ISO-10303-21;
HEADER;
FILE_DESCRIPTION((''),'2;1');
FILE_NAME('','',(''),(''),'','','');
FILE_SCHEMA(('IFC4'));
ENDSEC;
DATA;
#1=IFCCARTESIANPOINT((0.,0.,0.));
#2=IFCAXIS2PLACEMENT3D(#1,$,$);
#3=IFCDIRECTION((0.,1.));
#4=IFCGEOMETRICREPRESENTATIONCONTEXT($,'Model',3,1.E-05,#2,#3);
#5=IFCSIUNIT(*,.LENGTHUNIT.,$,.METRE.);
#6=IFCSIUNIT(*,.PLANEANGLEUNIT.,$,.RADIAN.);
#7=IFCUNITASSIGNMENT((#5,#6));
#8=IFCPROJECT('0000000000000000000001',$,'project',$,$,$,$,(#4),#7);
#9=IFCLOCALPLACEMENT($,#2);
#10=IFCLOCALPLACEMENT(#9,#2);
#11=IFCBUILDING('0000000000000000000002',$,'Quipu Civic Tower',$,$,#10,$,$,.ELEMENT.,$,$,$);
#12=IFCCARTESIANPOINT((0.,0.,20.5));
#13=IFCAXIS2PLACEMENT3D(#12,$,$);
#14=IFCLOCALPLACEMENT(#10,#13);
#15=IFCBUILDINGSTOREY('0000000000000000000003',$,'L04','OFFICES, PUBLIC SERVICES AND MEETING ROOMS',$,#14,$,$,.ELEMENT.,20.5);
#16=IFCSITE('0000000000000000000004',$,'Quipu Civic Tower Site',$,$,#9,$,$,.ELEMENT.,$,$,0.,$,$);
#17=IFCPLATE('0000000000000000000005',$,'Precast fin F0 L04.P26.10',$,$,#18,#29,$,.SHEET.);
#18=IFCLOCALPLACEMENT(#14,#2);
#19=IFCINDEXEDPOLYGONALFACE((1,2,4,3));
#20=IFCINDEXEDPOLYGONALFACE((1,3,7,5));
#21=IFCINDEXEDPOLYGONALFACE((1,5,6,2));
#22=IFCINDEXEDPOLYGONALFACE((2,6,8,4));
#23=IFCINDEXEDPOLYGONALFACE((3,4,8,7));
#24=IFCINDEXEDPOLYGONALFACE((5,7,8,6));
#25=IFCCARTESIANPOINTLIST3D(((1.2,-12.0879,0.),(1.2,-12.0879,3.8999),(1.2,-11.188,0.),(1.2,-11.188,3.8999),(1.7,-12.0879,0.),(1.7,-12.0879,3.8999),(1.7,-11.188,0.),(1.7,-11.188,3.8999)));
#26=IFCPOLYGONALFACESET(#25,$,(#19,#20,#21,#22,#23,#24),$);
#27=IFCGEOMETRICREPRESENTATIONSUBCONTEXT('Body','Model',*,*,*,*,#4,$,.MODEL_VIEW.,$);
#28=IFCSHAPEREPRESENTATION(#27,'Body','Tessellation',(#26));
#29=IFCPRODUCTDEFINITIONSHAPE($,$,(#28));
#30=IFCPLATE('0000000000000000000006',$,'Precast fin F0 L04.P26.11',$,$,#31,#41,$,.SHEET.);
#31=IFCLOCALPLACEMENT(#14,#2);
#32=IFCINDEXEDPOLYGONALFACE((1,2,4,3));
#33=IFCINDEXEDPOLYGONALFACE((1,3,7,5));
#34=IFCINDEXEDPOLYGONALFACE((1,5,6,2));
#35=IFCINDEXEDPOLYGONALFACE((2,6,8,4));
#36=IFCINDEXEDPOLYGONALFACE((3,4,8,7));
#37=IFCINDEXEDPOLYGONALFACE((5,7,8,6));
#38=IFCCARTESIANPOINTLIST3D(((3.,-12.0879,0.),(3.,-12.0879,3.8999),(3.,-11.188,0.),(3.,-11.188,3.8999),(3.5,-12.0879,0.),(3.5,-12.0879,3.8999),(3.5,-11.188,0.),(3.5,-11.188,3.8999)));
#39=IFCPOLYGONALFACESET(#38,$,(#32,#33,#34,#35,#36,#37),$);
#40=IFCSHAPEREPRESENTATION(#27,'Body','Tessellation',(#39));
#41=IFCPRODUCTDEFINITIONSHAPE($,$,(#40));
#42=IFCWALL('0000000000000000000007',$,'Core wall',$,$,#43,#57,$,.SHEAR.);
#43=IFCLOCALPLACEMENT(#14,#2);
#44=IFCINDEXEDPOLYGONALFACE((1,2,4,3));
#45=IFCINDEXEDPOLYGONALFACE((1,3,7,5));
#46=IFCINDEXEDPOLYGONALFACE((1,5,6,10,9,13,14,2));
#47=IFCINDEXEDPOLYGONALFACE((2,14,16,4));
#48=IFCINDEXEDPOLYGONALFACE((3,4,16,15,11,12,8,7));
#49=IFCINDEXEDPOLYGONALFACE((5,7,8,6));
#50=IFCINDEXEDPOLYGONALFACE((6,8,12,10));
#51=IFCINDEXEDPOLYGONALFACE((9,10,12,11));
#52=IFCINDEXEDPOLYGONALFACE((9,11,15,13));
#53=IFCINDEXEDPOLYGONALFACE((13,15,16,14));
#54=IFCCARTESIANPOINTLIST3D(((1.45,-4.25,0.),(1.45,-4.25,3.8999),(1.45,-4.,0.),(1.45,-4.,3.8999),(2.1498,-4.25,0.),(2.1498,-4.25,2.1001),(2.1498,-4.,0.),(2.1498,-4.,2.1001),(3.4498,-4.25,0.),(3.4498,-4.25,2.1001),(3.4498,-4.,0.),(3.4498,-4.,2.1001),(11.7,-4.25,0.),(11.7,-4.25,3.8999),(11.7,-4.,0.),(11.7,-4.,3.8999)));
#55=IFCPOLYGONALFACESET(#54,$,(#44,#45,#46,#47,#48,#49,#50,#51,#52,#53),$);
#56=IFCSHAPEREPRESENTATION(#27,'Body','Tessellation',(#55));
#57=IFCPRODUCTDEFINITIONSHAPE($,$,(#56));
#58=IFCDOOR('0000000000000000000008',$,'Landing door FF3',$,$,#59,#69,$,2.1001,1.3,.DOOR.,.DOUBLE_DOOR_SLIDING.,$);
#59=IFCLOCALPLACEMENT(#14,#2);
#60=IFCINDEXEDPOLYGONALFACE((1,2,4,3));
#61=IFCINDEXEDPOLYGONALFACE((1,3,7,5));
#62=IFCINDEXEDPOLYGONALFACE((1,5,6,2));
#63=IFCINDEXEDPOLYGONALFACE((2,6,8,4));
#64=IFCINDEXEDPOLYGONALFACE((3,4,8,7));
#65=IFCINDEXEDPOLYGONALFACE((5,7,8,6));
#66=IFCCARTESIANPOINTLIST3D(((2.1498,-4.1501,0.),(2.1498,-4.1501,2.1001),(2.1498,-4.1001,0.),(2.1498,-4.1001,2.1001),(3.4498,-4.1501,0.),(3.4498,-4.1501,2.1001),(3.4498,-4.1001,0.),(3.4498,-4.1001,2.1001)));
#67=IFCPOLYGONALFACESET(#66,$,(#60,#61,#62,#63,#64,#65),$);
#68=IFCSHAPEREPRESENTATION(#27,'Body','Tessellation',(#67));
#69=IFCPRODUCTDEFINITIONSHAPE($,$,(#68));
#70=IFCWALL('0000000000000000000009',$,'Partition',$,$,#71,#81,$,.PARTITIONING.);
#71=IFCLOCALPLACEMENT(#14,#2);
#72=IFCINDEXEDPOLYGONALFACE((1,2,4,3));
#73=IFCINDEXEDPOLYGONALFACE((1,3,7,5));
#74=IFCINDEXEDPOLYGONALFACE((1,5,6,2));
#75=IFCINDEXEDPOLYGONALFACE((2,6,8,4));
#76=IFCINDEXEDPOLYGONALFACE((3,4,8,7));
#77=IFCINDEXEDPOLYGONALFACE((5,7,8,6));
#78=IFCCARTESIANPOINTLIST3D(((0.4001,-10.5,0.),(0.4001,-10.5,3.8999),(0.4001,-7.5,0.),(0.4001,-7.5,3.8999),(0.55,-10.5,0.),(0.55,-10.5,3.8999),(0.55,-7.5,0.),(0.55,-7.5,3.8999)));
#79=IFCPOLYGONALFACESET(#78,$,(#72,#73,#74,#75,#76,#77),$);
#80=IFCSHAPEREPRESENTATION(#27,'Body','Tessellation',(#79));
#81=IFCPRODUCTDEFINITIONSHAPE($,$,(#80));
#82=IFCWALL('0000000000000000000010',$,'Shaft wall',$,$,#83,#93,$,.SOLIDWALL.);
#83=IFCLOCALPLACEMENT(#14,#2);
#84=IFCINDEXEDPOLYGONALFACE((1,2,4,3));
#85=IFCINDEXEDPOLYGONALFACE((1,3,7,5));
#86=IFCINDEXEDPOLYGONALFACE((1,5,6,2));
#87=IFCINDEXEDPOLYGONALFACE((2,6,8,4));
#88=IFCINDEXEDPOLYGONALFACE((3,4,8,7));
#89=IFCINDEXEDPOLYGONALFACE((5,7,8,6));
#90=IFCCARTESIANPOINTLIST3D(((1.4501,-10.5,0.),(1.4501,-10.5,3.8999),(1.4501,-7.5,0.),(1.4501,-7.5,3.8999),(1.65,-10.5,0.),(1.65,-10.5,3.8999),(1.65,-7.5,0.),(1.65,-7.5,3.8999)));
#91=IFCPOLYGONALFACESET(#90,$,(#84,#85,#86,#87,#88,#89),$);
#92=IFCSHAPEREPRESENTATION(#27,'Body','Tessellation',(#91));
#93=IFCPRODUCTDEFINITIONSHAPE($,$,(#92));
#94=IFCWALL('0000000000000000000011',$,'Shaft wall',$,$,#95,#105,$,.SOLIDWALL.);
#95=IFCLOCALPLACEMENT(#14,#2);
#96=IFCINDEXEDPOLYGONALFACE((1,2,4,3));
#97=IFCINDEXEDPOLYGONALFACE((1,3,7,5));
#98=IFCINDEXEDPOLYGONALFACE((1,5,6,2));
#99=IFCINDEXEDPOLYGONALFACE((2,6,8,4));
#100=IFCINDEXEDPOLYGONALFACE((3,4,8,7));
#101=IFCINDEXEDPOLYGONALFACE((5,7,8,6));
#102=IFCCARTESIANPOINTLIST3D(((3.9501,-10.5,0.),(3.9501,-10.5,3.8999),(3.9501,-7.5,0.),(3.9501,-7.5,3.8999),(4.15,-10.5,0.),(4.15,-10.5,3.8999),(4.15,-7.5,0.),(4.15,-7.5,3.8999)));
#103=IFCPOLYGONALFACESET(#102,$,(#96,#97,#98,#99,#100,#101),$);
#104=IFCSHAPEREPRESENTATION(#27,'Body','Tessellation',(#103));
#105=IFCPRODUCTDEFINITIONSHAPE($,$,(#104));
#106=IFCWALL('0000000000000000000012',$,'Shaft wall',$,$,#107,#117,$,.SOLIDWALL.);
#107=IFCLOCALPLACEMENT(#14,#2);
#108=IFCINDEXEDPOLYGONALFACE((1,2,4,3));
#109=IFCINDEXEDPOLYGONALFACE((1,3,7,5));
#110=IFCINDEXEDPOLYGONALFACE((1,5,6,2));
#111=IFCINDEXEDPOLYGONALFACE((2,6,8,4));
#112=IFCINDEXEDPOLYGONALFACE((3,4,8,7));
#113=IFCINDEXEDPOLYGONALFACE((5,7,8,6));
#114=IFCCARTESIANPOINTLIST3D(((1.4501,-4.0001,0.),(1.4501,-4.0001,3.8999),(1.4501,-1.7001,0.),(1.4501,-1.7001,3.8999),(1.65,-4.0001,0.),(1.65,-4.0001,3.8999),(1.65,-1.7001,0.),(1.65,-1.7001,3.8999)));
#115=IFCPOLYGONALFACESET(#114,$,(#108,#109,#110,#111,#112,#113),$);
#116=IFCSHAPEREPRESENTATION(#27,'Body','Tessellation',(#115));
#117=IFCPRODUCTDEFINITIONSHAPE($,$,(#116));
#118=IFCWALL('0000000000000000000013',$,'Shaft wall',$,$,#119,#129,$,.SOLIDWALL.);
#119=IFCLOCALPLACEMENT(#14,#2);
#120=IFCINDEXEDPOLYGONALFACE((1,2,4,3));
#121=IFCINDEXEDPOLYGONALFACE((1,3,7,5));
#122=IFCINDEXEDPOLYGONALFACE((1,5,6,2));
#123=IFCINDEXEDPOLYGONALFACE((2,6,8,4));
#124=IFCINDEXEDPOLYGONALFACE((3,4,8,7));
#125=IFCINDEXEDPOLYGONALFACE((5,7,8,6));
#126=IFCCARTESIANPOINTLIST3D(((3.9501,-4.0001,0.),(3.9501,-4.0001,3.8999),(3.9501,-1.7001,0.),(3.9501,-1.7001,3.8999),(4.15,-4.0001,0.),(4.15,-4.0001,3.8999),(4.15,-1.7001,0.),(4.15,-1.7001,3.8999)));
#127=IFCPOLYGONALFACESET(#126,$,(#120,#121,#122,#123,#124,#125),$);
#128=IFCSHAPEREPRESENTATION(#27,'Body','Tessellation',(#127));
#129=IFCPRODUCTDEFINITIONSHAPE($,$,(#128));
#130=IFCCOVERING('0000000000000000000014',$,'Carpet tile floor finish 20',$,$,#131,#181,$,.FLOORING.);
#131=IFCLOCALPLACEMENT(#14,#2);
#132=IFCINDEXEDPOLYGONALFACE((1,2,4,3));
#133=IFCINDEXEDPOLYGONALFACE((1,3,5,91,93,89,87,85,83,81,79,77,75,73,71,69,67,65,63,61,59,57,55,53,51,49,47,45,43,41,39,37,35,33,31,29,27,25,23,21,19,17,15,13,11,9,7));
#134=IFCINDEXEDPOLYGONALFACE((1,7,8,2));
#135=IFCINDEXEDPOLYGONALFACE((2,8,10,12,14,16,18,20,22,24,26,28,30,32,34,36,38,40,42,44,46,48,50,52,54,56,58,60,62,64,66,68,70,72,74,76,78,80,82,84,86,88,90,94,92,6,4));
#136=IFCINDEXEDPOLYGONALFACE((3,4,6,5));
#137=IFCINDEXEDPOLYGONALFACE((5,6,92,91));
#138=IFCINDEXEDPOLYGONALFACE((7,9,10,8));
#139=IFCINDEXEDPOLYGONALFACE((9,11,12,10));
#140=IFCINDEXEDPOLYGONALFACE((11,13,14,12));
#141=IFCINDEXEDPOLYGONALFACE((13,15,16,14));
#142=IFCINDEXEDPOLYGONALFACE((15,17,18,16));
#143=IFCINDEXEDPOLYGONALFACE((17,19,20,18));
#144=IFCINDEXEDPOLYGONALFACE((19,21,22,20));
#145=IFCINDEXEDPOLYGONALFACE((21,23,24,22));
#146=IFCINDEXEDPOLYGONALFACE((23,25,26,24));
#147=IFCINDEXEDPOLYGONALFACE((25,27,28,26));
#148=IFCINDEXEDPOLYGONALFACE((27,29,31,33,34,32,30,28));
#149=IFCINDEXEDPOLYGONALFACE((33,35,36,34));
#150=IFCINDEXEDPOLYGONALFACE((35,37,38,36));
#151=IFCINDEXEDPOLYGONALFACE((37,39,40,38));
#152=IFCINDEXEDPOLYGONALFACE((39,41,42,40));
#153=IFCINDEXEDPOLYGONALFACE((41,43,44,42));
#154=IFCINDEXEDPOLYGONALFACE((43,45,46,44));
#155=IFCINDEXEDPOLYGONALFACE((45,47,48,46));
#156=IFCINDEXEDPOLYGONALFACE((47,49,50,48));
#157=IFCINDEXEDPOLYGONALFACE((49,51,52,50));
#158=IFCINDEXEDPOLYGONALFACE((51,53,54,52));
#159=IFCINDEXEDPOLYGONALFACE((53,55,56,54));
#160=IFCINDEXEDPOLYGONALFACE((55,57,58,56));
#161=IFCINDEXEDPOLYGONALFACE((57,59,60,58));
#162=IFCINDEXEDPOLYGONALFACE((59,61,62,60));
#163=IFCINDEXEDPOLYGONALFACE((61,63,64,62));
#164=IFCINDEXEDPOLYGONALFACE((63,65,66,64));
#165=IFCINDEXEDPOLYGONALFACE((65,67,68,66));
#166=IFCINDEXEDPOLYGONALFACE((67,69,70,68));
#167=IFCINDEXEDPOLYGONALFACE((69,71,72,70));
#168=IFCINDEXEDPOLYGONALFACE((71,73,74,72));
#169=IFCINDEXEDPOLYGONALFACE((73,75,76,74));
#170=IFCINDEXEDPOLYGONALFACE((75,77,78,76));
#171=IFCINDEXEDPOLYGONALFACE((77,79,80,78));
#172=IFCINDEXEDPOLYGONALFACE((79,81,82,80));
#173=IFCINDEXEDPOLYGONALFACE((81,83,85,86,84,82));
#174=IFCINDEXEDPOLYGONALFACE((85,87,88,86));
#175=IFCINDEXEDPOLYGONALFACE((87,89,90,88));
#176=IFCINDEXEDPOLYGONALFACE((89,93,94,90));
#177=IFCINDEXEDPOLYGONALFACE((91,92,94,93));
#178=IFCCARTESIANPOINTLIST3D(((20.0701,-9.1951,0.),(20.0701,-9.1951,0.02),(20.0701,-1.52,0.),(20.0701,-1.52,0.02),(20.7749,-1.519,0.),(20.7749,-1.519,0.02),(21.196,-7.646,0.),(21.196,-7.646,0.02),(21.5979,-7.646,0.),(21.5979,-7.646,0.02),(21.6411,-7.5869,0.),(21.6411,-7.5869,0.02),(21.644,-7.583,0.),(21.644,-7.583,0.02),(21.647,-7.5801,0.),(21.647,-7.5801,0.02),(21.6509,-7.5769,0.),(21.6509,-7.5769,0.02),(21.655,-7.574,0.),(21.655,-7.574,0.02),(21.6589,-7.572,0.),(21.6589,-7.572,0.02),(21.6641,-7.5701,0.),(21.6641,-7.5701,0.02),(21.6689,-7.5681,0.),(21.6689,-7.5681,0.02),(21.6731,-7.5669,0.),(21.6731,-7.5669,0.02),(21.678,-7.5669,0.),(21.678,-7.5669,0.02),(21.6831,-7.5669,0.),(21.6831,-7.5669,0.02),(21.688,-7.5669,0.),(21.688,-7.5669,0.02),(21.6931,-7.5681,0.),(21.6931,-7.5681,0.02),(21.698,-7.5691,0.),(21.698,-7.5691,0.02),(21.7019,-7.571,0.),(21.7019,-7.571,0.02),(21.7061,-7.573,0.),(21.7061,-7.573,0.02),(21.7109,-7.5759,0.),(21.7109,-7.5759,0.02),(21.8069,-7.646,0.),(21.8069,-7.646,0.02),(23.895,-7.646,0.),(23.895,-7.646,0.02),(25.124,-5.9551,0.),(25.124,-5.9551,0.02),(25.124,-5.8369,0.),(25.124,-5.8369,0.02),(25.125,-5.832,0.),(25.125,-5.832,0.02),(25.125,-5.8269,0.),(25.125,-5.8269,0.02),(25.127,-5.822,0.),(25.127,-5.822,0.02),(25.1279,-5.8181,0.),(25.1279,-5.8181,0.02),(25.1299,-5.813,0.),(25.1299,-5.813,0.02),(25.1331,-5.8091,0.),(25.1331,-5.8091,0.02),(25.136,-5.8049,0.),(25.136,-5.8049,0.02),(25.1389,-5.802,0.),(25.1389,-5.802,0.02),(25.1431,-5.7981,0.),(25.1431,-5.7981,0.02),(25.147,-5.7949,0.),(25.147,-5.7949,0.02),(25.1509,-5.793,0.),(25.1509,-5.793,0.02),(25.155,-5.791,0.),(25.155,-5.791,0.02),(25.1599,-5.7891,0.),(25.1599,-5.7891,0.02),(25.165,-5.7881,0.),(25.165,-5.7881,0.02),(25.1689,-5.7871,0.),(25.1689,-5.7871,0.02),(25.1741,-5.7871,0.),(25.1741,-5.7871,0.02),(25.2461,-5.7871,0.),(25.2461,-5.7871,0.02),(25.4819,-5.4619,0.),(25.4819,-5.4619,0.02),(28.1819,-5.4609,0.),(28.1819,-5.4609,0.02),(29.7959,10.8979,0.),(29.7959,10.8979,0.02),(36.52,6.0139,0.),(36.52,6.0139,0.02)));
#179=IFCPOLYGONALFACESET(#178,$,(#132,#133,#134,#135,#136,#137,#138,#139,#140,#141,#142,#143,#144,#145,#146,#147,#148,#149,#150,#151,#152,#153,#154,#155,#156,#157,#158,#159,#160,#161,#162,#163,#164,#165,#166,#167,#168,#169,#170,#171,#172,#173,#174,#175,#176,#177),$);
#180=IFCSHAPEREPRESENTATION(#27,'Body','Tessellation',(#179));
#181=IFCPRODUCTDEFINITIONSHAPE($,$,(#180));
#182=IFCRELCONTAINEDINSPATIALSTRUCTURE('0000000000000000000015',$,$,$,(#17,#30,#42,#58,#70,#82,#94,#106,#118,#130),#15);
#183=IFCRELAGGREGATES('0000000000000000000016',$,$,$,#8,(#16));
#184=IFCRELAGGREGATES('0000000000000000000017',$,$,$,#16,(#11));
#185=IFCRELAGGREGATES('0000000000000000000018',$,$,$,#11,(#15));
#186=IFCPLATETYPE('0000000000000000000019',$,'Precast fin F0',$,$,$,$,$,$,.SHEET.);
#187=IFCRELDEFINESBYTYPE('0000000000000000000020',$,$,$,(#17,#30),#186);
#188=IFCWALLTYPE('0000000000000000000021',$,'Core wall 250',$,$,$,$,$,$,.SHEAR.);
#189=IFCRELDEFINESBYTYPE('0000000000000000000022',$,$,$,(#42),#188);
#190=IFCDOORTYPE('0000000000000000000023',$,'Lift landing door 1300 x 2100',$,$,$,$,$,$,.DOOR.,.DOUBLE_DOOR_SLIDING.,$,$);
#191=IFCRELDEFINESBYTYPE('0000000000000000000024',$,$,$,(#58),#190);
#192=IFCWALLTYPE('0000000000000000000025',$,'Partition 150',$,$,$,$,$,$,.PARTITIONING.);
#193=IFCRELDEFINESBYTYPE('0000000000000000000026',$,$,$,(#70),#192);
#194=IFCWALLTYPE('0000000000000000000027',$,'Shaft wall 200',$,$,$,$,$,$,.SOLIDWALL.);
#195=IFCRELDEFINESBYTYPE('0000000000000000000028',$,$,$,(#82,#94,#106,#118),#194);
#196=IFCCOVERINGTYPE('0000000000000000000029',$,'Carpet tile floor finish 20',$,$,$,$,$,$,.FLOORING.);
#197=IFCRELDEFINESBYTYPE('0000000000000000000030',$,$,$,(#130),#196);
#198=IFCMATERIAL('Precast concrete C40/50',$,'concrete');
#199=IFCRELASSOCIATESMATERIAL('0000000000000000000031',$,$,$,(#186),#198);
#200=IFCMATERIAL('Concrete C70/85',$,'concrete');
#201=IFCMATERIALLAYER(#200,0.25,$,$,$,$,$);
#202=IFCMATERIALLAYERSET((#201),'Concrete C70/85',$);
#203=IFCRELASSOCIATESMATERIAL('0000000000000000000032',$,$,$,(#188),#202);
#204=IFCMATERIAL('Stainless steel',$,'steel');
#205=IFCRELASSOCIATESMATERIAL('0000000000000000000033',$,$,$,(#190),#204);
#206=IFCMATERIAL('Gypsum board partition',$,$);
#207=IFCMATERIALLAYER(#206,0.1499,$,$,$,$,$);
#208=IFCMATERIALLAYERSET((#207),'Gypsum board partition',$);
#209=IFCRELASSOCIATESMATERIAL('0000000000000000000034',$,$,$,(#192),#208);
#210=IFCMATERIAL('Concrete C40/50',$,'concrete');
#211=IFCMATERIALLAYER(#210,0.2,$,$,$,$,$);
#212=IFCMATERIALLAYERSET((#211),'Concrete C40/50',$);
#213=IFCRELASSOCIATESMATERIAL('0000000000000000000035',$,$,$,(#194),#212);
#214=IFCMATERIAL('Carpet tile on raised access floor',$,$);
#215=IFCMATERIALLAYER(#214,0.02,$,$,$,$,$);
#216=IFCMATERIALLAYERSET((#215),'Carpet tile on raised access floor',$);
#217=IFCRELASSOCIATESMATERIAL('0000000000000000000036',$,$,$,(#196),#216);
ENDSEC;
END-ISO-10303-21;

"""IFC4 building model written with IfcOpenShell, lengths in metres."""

from ifc_helpers import new_model, si_unit, direction, frame, frame_2d, origin, origin_2d, place, context, subcontext, project, spatial, polyline, rectangle, outline, extrude, material, layer, layer_set, type_object, element, fill, save


model = new_model("IFC4")

# Units and contexts
model_context = context("Model", 3, precision=1e-05, world=origin(), true_north=direction((0.0, 1.0)))
body_context = subcontext(model_context, "Body", "Model", "MODEL_VIEW")
ifc_project = project(units=[si_unit("LENGTHUNIT", "METRE"), si_unit("PLANEANGLEUNIT", "RADIAN")], contexts=[model_context])

# Site, building, storey
site_placement = place(None, origin())
site = spatial("IfcSite", under=ifc_project, at=site_placement, Name="Quipu Civic Tower Site", CompositionType="ELEMENT", RefElevation=0.0)
building_placement = place(site_placement, origin())
building = spatial("IfcBuilding", under=site, at=building_placement, Name="Quipu Civic Tower", CompositionType="ELEMENT")
storey_placement = place(building_placement, frame((0.0, 0.0, 20.5)))
storey = spatial("IfcBuildingStorey", under=building, at=storey_placement, Name="L04", Description="OFFICES, PUBLIC SERVICES AND MEETING ROOMS", CompositionType="ELEMENT", Elevation=20.5)

# Plates
ifc_material_1 = material(Name="Precast concrete C40/50", Category="concrete")
plate_type = type_object("IfcPlateType", Name="Precast fin F0", PredefinedType="SHEET", material=ifc_material_1)
for number, where, z_axis, x_axis, name in (
    (1, (1.45, -11.6379, 0.0), (0.0, 0.0, 1.0), (1.0, 0.0, 0.0), "Precast fin F0 L04.P26.10"),
    (2, (3.25, -11.6379, 0.0), (0.0, 0.0, 1.0), (1.0, 0.0, 0.0), "Precast fin F0 L04.P26.11"),
):
    element("IfcPlate", number, at=place(storey_placement, frame(where, z_axis=z_axis, x_axis=x_axis)), inside=storey, type_object=plate_type, Name=name, PredefinedType="SHEET", context=body_context, shape_type="SweptSolid", body=[
        extrude(rectangle(XDim=0.5, YDim=0.8999, at=origin_2d()), origin(), (0.0, 0.0, 1.0), 3.8999),
    ])

# Wall, opening, door
ifc_material_2 = material(Name="Concrete C70/85", Category="concrete")
ifc_layer_1 = layer(ifc_material_2, 0.25)
ifc_layer_set_1 = layer_set([ifc_layer_1], Name="Concrete C70/85")
wall_type_1 = type_object("IfcWallType", Name="Core wall 250", PredefinedType="SHEAR", material=ifc_layer_set_1)
wall_1_placement = place(storey_placement, frame((1.45, -4.125, 0.0), z_axis=(0.0, 0.0, 1.0), x_axis=(1.0, 0.0, 0.0)))
wall_1 = element("IfcWall", 3, at=wall_1_placement, inside=storey, type_object=wall_type_1, Name="Core wall", PredefinedType="SHEAR", context=body_context, shape_type="SweptSolid", body=[
    extrude(rectangle(XDim=10.25, YDim=0.25, at=frame_2d((5.125, 0.0))), origin(), (0.0, 0.0, 1.0), 3.8999),
])
opening_placement = place(wall_1_placement, frame((0.7, 0.0, 0.0)))
opening = element("IfcOpeningElement", 4, at=opening_placement, cuts=wall_1, PredefinedType="OPENING", context=body_context, shape_type="SweptSolid", body=[
    extrude(rectangle(XDim=1.3, YDim=2.1001, at=frame_2d((0.6499, 1.05))), frame((0.0, 0.135, 0.0), z_axis=(0.0, -1.0, 0.0), x_axis=(1.0, 0.0, 0.0)), (0.0, 0.0, 1.0), 0.27),
])
ifc_material_3 = material(Name="Stainless steel", Category="steel")
door_type = type_object("IfcDoorType", Name="Lift landing door 1300 x 2100", OperationType="DOUBLE_DOOR_SLIDING", PredefinedType="DOOR", material=ifc_material_3)
door_placement = place(opening_placement, origin())
door = element("IfcDoor", 5, at=door_placement, inside=storey, type_object=door_type, Name="Landing door FF3", OperationType="DOUBLE_DOOR_SLIDING", OverallHeight=2.1001, OverallWidth=1.3, PredefinedType="DOOR", context=body_context, shape_type="SweptSolid", body=[
    extrude(rectangle(XDim=1.3, YDim=2.1001, at=frame_2d((0.6499, 1.05))), frame((0.0, 0.0249, 0.0), z_axis=(0.0, -1.0, 0.0), x_axis=(1.0, 0.0, 0.0)), (0.0, 0.0, 1.0), 0.05),
])
fill(opening, door)

# Walls
ifc_material_4 = material(Name="Gypsum board partition")
ifc_layer_2 = layer(ifc_material_4, 0.1499)
ifc_layer_set_2 = layer_set([ifc_layer_2], Name="Gypsum board partition")
wall_type_2 = type_object("IfcWallType", Name="Partition 150", PredefinedType="PARTITIONING", material=ifc_layer_set_2)
wall_2_placement = place(storey_placement, frame((0.4751, -10.5, 0.0), z_axis=(0.0, 0.0, 1.0), x_axis=(0.0, 1.0, 0.0)))
element("IfcWall", 6, at=wall_2_placement, inside=storey, type_object=wall_type_2, Name="Partition", PredefinedType="PARTITIONING", context=body_context, shape_type="SweptSolid", body=[
    extrude(rectangle(XDim=3.0, YDim=0.1499, at=frame_2d((1.5, 0.0))), origin(), (0.0, 0.0, 1.0), 3.8999),
])
ifc_material_5 = material(Name="Concrete C40/50", Category="concrete")
ifc_layer_3 = layer(ifc_material_5, 0.2)
ifc_layer_set_3 = layer_set([ifc_layer_3], Name="Concrete C40/50")
wall_type_3 = type_object("IfcWallType", Name="Shaft wall 200", PredefinedType="SOLIDWALL", material=ifc_layer_set_3)
for number, where, z_axis, x_axis, name in (
    (7, (1.55, -10.5, 0.0), (0.0, 0.0, 1.0), (0.0, 1.0, 0.0), "Shaft wall"),
    (8, (4.05, -10.5, 0.0), (0.0, 0.0, 1.0), (0.0, 1.0, 0.0), "Shaft wall"),
):
    element("IfcWall", number, at=place(storey_placement, frame(where, z_axis=z_axis, x_axis=x_axis)), inside=storey, type_object=wall_type_3, Name=name, PredefinedType="SOLIDWALL", context=body_context, shape_type="SweptSolid", body=[
        extrude(rectangle(XDim=3.0, YDim=0.2, at=frame_2d((1.5, 0.0))), origin(), (0.0, 0.0, 1.0), 3.8999),
    ])
for number, where, z_axis, x_axis, name in (
    (9, (1.55, -4.0, 0.0), (0.0, 0.0, 1.0), (0.0, 1.0, 0.0), "Shaft wall"),
    (10, (4.05, -4.0, 0.0), (0.0, 0.0, 1.0), (0.0, 1.0, 0.0), "Shaft wall"),
):
    element("IfcWall", number, at=place(storey_placement, frame(where, z_axis=z_axis, x_axis=x_axis)), inside=storey, type_object=wall_type_3, Name=name, PredefinedType="SOLIDWALL", context=body_context, shape_type="SweptSolid", body=[
        extrude(rectangle(XDim=2.3, YDim=0.2, at=frame_2d((1.1499, 0.0))), origin(), (0.0, 0.0, 1.0), 3.8999),
    ])

# Covering
ifc_material_6 = material(Name="Carpet tile on raised access floor")
ifc_layer_4 = layer(ifc_material_6, 0.02)
ifc_layer_set_4 = layer_set([ifc_layer_4], Name="Carpet tile on raised access floor")
covering_type = type_object("IfcCoveringType", Name="Carpet tile floor finish 20", PredefinedType="FLOORING", material=ifc_layer_set_4)
covering_1_placement = place(storey_placement, origin())
element("IfcCovering", 11, at=covering_1_placement, inside=storey, type_object=covering_type, Name="Carpet tile floor finish 20", PredefinedType="FLOORING", context=body_context, shape_type="SweptSolid", body=[
    extrude(outline(polyline([(20.0701, -9.1951), (20.0701, -1.52), (20.7749, -1.519), (29.7959, 10.8979), (36.52, 6.0139), (28.1819, -5.4609), (25.4819, -5.4619), (25.2461, -5.7871), (25.1741, -5.7871), (25.1689, -5.7871), (25.165, -5.7881), (25.1599, -5.7891), (25.155, -5.791), (25.1509, -5.793), (25.147, -5.7949), (25.1431, -5.7981), (25.1389, -5.802), (25.136, -5.8049), (25.1331, -5.8091), (25.1299, -5.813), (25.1279, -5.8181), (25.127, -5.822), (25.125, -5.8269), (25.125, -5.832), (25.124, -5.8369), (25.124, -5.9551), (23.895, -7.646), (21.8069, -7.646), (21.7109, -7.5759), (21.7061, -7.573), (21.7019, -7.571), (21.698, -7.5691), (21.6931, -7.5681), (21.688, -7.5669), (21.6831, -7.5669), (21.678, -7.5669), (21.6731, -7.5669), (21.6689, -7.5681), (21.6641, -7.5701), (21.6589, -7.572), (21.655, -7.574), (21.6509, -7.5769), (21.647, -7.5801), (21.644, -7.583), (21.6411, -7.5869), (21.5979, -7.646), (21.196, -7.646), (20.0701, -9.1951)])), origin(), (0.0, 0.0, 1.0), 0.02),
])

save(model, "model.ifc")
